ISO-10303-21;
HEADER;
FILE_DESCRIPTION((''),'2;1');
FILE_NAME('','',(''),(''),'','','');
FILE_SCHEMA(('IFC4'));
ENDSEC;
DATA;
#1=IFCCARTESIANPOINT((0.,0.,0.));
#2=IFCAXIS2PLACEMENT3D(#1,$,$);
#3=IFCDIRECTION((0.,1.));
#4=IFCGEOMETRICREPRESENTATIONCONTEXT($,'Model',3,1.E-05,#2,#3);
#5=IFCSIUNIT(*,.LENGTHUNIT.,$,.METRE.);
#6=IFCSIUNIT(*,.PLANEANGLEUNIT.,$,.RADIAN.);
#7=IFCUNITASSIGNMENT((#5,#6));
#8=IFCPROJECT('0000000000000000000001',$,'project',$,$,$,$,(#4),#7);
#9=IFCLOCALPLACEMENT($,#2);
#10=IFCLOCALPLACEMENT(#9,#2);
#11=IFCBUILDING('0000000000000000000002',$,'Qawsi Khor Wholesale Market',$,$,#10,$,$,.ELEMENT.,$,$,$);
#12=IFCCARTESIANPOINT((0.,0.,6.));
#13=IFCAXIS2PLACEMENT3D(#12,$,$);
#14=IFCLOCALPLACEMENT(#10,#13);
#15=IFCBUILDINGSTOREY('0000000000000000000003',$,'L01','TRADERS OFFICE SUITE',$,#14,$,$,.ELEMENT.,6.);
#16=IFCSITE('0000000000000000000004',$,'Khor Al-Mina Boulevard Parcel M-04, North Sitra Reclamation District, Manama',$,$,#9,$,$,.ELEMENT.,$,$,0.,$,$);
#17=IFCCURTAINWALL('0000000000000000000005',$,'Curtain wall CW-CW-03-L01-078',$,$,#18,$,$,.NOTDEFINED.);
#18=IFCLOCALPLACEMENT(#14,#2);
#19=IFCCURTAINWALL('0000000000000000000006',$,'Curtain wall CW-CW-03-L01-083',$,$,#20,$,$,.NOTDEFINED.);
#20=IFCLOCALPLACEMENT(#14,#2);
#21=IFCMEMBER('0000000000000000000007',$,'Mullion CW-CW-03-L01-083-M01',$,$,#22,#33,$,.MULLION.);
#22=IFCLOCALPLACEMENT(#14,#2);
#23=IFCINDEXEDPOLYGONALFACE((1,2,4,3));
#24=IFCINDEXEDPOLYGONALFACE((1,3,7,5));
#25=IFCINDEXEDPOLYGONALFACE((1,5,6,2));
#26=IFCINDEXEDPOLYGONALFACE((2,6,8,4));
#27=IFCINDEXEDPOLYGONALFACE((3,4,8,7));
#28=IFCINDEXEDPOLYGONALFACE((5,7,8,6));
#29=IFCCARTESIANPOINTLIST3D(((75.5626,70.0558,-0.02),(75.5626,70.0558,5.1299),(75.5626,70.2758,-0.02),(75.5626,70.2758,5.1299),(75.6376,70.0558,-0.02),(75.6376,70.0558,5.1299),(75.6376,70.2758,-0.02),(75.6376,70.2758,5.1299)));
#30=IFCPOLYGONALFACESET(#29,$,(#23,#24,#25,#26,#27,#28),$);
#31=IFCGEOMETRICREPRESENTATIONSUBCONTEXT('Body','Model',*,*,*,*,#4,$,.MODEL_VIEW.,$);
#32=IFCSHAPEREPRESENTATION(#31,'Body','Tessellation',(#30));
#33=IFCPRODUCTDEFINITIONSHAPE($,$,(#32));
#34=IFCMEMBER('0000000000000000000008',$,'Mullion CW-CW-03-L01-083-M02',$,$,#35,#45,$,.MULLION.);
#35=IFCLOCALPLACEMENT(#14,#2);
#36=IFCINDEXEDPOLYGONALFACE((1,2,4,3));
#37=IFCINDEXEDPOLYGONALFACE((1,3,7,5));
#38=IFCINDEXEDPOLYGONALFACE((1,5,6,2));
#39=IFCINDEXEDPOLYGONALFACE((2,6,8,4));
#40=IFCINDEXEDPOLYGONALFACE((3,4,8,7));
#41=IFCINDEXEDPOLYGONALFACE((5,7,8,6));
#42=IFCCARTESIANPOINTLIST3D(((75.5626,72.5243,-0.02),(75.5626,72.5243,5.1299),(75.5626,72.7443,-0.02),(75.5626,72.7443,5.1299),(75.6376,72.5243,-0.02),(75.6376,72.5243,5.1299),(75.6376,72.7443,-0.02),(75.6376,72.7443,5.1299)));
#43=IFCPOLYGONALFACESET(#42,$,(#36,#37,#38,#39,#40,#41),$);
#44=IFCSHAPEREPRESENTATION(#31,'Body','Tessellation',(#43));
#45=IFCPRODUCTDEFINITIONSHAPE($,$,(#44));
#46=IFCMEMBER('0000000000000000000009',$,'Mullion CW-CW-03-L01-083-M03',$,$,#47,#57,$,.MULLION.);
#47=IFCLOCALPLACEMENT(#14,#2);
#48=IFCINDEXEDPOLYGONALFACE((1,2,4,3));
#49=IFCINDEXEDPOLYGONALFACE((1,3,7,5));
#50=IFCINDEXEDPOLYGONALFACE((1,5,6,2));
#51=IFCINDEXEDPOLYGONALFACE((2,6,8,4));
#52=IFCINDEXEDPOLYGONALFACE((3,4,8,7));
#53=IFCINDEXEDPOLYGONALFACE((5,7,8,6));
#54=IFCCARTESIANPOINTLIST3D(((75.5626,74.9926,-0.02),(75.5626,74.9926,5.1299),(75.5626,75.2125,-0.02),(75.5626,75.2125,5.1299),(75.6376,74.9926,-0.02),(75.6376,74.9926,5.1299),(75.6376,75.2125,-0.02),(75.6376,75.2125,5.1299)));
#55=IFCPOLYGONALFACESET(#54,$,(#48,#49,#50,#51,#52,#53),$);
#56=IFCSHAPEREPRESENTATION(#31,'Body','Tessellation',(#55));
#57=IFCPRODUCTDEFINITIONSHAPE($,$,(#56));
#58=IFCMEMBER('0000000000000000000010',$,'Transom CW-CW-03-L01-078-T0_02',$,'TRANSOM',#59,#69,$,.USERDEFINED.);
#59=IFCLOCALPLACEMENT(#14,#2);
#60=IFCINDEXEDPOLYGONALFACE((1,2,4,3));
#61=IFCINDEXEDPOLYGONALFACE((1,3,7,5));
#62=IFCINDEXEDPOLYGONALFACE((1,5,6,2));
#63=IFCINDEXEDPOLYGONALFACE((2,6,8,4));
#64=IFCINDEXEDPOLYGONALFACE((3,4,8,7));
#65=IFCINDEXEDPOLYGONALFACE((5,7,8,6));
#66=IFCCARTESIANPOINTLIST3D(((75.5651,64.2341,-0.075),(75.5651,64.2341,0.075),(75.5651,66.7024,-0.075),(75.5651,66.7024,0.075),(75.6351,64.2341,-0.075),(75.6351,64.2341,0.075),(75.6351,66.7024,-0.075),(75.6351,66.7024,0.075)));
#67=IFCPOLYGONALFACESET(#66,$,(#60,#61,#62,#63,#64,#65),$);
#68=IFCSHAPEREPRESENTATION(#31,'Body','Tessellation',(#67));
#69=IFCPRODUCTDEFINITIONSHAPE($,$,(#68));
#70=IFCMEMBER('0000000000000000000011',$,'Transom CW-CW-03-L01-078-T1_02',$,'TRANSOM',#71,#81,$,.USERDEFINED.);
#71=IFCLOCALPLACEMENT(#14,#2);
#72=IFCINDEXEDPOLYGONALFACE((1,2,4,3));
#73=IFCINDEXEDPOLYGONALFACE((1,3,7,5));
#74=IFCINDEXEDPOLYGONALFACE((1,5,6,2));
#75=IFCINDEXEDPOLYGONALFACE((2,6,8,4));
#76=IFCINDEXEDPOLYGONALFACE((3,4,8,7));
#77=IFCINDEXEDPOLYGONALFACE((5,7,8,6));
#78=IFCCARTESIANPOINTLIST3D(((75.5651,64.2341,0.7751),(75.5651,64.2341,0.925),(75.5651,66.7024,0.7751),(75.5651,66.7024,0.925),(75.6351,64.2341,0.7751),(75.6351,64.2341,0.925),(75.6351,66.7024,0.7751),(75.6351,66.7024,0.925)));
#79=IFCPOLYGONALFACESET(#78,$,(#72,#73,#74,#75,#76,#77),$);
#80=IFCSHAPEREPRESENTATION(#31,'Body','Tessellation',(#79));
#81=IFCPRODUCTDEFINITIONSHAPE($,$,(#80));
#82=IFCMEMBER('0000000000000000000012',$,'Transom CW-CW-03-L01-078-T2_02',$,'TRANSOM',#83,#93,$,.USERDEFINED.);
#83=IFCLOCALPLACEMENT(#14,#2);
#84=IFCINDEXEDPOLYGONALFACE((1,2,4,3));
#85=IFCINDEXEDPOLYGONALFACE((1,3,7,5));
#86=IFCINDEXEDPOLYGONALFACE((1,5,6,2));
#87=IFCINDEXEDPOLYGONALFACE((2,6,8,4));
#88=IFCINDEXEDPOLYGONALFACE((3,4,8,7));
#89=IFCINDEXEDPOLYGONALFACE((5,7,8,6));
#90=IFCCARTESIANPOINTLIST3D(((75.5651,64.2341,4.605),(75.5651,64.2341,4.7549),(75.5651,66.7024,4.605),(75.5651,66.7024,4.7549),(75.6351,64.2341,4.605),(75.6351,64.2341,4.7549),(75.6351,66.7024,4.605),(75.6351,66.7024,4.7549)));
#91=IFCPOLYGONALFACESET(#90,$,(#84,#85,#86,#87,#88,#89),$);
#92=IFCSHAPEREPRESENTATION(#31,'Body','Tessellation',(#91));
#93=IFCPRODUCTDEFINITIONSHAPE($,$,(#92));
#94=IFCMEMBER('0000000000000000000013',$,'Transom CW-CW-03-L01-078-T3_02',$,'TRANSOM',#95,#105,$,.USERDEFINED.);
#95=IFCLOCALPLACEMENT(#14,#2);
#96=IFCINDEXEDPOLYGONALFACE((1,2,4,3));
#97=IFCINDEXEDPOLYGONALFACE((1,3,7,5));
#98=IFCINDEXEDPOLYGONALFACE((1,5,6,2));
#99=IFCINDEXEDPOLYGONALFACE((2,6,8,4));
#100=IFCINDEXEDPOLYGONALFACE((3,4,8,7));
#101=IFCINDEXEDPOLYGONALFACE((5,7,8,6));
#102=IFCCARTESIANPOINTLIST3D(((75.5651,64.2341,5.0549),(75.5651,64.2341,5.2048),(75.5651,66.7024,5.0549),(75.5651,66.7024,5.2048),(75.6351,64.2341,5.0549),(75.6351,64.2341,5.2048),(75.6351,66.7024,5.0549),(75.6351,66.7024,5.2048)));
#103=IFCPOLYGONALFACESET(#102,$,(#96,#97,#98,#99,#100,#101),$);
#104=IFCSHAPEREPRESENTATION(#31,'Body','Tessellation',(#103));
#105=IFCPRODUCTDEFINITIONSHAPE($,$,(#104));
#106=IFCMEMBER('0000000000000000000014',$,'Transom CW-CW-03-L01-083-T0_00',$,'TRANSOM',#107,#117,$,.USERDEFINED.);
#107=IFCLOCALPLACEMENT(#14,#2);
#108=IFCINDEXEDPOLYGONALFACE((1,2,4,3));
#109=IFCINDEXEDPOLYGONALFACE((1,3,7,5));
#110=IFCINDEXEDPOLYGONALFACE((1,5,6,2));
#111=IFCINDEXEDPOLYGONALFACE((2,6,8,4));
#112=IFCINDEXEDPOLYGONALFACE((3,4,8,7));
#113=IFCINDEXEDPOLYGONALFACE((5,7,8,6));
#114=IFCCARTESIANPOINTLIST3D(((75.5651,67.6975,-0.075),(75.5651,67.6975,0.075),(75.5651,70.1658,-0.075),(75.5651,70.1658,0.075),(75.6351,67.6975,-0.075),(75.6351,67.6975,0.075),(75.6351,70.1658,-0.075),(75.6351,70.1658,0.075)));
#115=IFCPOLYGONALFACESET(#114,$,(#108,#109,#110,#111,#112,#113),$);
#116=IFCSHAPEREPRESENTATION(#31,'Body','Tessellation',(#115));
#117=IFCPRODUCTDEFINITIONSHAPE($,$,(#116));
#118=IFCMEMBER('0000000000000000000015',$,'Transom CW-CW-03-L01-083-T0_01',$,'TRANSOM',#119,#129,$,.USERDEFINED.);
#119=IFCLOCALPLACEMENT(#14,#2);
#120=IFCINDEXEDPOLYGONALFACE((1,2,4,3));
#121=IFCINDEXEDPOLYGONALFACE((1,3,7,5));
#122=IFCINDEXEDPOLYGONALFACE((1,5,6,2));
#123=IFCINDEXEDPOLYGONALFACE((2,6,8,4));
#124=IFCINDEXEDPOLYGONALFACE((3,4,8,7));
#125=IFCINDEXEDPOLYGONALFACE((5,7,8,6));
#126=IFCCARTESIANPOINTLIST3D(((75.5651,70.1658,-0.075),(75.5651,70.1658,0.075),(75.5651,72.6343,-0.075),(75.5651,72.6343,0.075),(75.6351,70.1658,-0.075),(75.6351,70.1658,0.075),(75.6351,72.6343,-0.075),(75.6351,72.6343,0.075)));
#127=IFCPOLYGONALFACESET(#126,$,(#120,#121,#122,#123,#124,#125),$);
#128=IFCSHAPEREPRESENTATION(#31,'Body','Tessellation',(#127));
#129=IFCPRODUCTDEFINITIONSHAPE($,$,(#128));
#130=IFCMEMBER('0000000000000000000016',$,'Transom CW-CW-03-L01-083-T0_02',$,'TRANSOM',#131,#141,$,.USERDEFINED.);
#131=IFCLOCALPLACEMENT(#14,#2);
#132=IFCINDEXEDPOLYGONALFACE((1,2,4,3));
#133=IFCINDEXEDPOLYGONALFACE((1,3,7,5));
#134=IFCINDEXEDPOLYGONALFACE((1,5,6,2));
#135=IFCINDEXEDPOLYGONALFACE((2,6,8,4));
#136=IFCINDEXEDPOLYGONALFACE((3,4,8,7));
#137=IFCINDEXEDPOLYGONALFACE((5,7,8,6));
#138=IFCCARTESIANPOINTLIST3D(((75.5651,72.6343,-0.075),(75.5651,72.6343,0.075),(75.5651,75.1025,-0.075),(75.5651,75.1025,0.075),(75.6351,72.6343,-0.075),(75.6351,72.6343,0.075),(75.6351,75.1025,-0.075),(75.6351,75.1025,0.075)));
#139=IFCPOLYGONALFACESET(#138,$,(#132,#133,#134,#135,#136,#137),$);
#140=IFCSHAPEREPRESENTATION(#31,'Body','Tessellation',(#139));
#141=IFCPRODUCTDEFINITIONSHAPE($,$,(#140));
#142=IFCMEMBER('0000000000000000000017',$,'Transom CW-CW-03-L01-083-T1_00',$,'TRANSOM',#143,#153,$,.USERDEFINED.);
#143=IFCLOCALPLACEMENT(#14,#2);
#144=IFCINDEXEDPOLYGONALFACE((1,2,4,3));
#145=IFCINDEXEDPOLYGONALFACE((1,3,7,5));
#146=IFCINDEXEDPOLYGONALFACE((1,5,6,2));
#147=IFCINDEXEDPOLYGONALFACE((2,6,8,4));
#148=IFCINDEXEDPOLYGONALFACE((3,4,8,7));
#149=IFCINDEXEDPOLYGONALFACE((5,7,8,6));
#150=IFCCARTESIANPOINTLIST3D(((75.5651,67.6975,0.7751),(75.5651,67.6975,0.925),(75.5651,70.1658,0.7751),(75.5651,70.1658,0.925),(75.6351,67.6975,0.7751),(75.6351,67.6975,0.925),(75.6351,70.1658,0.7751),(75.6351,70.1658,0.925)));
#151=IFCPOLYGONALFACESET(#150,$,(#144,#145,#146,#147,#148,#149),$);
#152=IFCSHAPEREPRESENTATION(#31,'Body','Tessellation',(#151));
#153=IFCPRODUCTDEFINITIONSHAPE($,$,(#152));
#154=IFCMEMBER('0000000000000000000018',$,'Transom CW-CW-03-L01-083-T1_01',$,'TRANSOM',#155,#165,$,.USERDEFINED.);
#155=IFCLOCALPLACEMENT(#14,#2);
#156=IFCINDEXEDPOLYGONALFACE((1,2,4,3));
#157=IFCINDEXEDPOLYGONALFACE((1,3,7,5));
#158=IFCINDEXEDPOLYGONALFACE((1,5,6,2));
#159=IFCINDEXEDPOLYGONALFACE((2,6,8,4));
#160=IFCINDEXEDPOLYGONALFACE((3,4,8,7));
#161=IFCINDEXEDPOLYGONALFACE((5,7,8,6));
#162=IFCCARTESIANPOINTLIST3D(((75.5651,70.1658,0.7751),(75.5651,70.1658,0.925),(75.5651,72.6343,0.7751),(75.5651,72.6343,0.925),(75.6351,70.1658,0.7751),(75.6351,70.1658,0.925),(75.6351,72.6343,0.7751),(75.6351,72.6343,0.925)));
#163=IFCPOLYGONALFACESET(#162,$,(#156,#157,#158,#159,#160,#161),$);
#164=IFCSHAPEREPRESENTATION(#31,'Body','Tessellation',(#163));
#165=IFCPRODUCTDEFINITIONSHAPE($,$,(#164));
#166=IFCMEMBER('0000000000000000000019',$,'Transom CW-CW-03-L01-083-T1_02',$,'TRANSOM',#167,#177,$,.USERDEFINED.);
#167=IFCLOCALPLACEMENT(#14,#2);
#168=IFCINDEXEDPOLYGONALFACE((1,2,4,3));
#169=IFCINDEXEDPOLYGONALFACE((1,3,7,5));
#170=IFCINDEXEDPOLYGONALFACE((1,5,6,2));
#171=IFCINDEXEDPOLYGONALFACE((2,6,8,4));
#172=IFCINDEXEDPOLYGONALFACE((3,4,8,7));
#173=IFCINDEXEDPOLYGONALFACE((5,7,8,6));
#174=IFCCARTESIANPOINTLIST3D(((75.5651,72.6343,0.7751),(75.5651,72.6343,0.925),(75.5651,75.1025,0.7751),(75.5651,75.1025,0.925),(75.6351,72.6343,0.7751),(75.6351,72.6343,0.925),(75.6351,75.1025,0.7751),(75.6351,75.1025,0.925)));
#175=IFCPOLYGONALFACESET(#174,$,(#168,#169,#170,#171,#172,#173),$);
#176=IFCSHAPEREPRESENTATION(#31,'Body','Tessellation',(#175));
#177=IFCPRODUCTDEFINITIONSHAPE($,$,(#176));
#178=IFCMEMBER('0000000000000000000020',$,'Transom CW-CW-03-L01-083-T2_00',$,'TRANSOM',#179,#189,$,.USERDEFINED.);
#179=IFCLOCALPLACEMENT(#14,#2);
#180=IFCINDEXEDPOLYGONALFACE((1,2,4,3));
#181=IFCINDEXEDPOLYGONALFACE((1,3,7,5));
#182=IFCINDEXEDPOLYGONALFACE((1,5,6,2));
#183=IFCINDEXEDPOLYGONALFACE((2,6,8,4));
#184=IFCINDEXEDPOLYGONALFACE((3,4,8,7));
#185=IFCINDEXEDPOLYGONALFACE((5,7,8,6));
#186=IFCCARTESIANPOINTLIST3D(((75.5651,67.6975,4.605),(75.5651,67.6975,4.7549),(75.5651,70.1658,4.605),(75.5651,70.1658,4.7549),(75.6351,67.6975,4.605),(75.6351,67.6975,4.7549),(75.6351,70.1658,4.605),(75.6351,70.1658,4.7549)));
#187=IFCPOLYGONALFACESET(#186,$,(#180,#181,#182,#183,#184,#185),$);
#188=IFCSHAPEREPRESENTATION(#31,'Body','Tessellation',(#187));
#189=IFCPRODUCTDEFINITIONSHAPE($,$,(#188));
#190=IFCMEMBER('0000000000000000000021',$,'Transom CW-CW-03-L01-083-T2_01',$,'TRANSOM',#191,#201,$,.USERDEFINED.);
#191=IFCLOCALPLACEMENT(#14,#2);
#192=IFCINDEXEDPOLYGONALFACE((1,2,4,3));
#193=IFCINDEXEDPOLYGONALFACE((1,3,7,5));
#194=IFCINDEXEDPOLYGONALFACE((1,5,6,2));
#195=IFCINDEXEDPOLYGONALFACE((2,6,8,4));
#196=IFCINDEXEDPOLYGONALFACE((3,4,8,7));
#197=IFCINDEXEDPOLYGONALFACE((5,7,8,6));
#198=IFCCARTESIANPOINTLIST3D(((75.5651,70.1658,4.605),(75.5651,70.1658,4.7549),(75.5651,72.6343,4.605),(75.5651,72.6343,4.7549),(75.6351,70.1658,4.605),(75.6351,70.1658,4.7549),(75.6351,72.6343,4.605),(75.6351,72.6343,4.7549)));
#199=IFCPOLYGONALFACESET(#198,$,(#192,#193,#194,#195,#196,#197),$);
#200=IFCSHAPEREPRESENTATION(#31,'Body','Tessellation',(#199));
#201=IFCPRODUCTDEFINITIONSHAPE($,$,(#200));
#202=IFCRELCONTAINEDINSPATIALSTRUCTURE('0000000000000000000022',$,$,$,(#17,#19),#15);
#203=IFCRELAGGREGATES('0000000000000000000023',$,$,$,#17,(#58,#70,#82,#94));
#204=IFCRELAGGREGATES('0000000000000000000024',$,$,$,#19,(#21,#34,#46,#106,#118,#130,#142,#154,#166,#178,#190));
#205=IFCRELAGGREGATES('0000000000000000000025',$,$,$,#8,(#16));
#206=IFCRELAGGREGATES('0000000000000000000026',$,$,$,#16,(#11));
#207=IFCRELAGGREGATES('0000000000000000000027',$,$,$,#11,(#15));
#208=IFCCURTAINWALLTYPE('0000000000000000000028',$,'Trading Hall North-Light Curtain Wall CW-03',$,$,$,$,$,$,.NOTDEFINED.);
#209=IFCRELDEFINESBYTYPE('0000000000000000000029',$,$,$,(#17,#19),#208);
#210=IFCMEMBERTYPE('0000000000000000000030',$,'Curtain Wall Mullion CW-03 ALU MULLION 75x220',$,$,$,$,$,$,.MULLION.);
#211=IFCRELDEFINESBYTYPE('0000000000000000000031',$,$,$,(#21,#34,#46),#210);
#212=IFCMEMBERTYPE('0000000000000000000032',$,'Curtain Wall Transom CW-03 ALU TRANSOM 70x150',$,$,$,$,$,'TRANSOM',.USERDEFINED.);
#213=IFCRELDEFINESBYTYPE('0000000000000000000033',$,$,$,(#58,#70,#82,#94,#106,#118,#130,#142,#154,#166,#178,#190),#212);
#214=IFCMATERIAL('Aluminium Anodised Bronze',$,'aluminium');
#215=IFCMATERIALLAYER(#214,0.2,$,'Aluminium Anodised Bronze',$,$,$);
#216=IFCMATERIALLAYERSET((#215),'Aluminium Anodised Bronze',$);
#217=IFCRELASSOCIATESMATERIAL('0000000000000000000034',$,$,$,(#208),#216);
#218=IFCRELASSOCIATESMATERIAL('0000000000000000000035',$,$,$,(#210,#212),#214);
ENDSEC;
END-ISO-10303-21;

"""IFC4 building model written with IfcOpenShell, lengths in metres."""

from ifc_helpers import new_model, si_unit, direction, frame, origin, origin_2d, place, context, subcontext, project, spatial, rectangle, extrude, material, layer, layer_set, material_profile, profile_set, type_object, element, aggregate, save


model = new_model("IFC4")

# Units and contexts
model_context = context("Model", 3, precision=1e-05, world=origin(), true_north=direction((0.0, 1.0)))
body_context = subcontext(model_context, "Body", "Model", "MODEL_VIEW")
ifc_project = project(units=[si_unit("LENGTHUNIT", "METRE"), si_unit("PLANEANGLEUNIT", "RADIAN")], contexts=[model_context])

# Site, building, storey
site_placement = place(None, origin())
site = spatial("IfcSite", under=ifc_project, at=site_placement, Name="Khor Al-Mina Boulevard Parcel M-04, North Sitra Reclamation District, Manama", CompositionType="ELEMENT", RefElevation=0.0)
building_placement = place(site_placement, origin())
building = spatial("IfcBuilding", under=site, at=building_placement, Name="Qawsi Khor Wholesale Market", CompositionType="ELEMENT")
storey_placement = place(building_placement, frame((0.0, 0.0, 6.0)))
storey = spatial("IfcBuildingStorey", under=building, at=storey_placement, Name="L01", Description="TRADERS OFFICE SUITE", CompositionType="ELEMENT", Elevation=6.0)

# Curtain walls, members
ifc_material_1 = material(Name="Aluminium Anodised Bronze", Category="aluminium")
ifc_layer_1 = layer(ifc_material_1, 0.2, Name="Aluminium Anodised Bronze")
ifc_layer_set_1 = layer_set([ifc_layer_1], Name="Aluminium Anodised Bronze")
curtain_wall_type = type_object("IfcCurtainWallType", Name="Trading Hall North-Light Curtain Wall CW-03", PredefinedType="NOTDEFINED", material=ifc_layer_set_1)
curtain_wall_1_placement = place(storey_placement, origin())
curtain_wall_1 = element("IfcCurtainWall", 1, at=curtain_wall_1_placement, inside=storey, type_object=curtain_wall_type, Name="Curtain wall CW-CW-03-L01-078", PredefinedType="NOTDEFINED")
ifc_material_profile_1 = material_profile(ifc_material_1, rectangle(XDim=0.075, YDim=0.22, at=origin_2d()), Name="ALU MULLION 75x220")
ifc_profile_set_1 = profile_set([ifc_material_profile_1], Name="Aluminium Anodised Bronze")
member_type_1 = type_object("IfcMemberType", Name="Curtain Wall Mullion CW-03 ALU MULLION 75x220", PredefinedType="MULLION", material=ifc_profile_set_1)
curtain_wall_2_placement = place(storey_placement, origin())
curtain_wall_2 = element("IfcCurtainWall", 2, at=curtain_wall_2_placement, inside=storey, type_object=curtain_wall_type, Name="Curtain wall CW-CW-03-L01-083", PredefinedType="NOTDEFINED")
member_1_placement = place(storey_placement, frame((75.6001, 70.1658, -0.02), z_axis=(0.0, 0.0, 1.0), x_axis=(1.0, 0.0, 0.0)))
member_1 = element("IfcMember", 3, at=member_1_placement, type_object=member_type_1, Name="Mullion CW-CW-03-L01-083-M01", PredefinedType="MULLION", context=body_context, shape_type="SweptSolid", body=[
    extrude(rectangle(XDim=0.075, YDim=0.22, at=origin_2d()), origin(), (0.0, 0.0, 1.0), 5.1499),
])
member_2_placement = place(storey_placement, frame((75.6001, 72.6343, -0.02), z_axis=(0.0, 0.0, 1.0), x_axis=(1.0, 0.0, 0.0)))
member_2 = element("IfcMember", 4, at=member_2_placement, type_object=member_type_1, Name="Mullion CW-CW-03-L01-083-M02", PredefinedType="MULLION", context=body_context, shape_type="SweptSolid", body=[
    extrude(rectangle(XDim=0.075, YDim=0.22, at=origin_2d()), origin(), (0.0, 0.0, 1.0), 5.1499),
])
member_3_placement = place(storey_placement, frame((75.6001, 75.1025, -0.02), z_axis=(0.0, 0.0, 1.0), x_axis=(1.0, 0.0, 0.0)))
member_3 = element("IfcMember", 5, at=member_3_placement, type_object=member_type_1, Name="Mullion CW-CW-03-L01-083-M03", PredefinedType="MULLION", context=body_context, shape_type="SweptSolid", body=[
    extrude(rectangle(XDim=0.075, YDim=0.22, at=origin_2d()), origin(), (0.0, 0.0, 1.0), 5.1499),
])

# Members
ifc_material_profile_2 = material_profile(ifc_material_1, rectangle(XDim=0.0701, YDim=0.1499, at=origin_2d()), Name="ALU TRANSOM 70x150")
ifc_profile_set_2 = profile_set([ifc_material_profile_2], Name="Aluminium Anodised Bronze")
member_type_2 = type_object("IfcMemberType", Name="Curtain Wall Transom CW-03 ALU TRANSOM 70x150", ElementType="TRANSOM", PredefinedType="USERDEFINED", material=ifc_profile_set_2)
member_4_placement = place(storey_placement, frame((75.6001, 64.2341, 0.0), z_axis=(0.0, 1.0, 0.0), x_axis=(-1.0, 0.0, 0.0)))
member_4 = element("IfcMember", 6, at=member_4_placement, type_object=member_type_2, Name="Transom CW-CW-03-L01-078-T0_02", ObjectType="TRANSOM", PredefinedType="USERDEFINED", context=body_context, shape_type="SweptSolid", body=[
    extrude(rectangle(XDim=0.0701, YDim=0.1499, at=origin_2d()), origin(), (0.0, 0.0, 1.0), 2.4683),
])
member_5_placement = place(storey_placement, frame((75.6001, 64.2341, 0.8501), z_axis=(0.0, 1.0, 0.0), x_axis=(-1.0, 0.0, 0.0)))
member_5 = element("IfcMember", 7, at=member_5_placement, type_object=member_type_2, Name="Transom CW-CW-03-L01-078-T1_02", ObjectType="TRANSOM", PredefinedType="USERDEFINED", context=body_context, shape_type="SweptSolid", body=[
    extrude(rectangle(XDim=0.0701, YDim=0.1499, at=origin_2d()), origin(), (0.0, 0.0, 1.0), 2.4683),
])
member_6_placement = place(storey_placement, frame((75.6001, 64.2341, 4.6799), z_axis=(0.0, 1.0, 0.0), x_axis=(-1.0, 0.0, 0.0)))
member_6 = element("IfcMember", 8, at=member_6_placement, type_object=member_type_2, Name="Transom CW-CW-03-L01-078-T2_02", ObjectType="TRANSOM", PredefinedType="USERDEFINED", context=body_context, shape_type="SweptSolid", body=[
    extrude(rectangle(XDim=0.0701, YDim=0.1499, at=origin_2d()), origin(), (0.0, 0.0, 1.0), 2.4683),
])
member_7_placement = place(storey_placement, frame((75.6001, 64.2341, 5.1299), z_axis=(0.0, 1.0, 0.0), x_axis=(-1.0, 0.0, 0.0)))
member_7 = element("IfcMember", 9, at=member_7_placement, type_object=member_type_2, Name="Transom CW-CW-03-L01-078-T3_02", ObjectType="TRANSOM", PredefinedType="USERDEFINED", context=body_context, shape_type="SweptSolid", body=[
    extrude(rectangle(XDim=0.0701, YDim=0.1499, at=origin_2d()), origin(), (0.0, 0.0, 1.0), 2.4683),
])
member_8_placement = place(storey_placement, frame((75.6001, 67.6975, 0.0), z_axis=(0.0, 1.0, 0.0), x_axis=(-1.0, 0.0, 0.0)))
member_8 = element("IfcMember", 10, at=member_8_placement, type_object=member_type_2, Name="Transom CW-CW-03-L01-083-T0_00", ObjectType="TRANSOM", PredefinedType="USERDEFINED", context=body_context, shape_type="SweptSolid", body=[
    extrude(rectangle(XDim=0.0701, YDim=0.1499, at=origin_2d()), origin(), (0.0, 0.0, 1.0), 2.4683),
])
member_9_placement = place(storey_placement, frame((75.6001, 70.1658, 0.0), z_axis=(0.0, 1.0, 0.0), x_axis=(-1.0, 0.0, 0.0)))
member_9 = element("IfcMember", 11, at=member_9_placement, type_object=member_type_2, Name="Transom CW-CW-03-L01-083-T0_01", ObjectType="TRANSOM", PredefinedType="USERDEFINED", context=body_context, shape_type="SweptSolid", body=[
    extrude(rectangle(XDim=0.0701, YDim=0.1499, at=origin_2d()), origin(), (0.0, 0.0, 1.0), 2.4685),
])
member_10_placement = place(storey_placement, frame((75.6001, 72.6343, 0.0), z_axis=(0.0, 1.0, 0.0), x_axis=(-1.0, 0.0, 0.0)))
member_10 = element("IfcMember", 12, at=member_10_placement, type_object=member_type_2, Name="Transom CW-CW-03-L01-083-T0_02", ObjectType="TRANSOM", PredefinedType="USERDEFINED", context=body_context, shape_type="SweptSolid", body=[
    extrude(rectangle(XDim=0.0701, YDim=0.1499, at=origin_2d()), origin(), (0.0, 0.0, 1.0), 2.4683),
])
member_11_placement = place(storey_placement, frame((75.6001, 67.6975, 0.8501), z_axis=(0.0, 1.0, 0.0), x_axis=(-1.0, 0.0, 0.0)))
member_11 = element("IfcMember", 13, at=member_11_placement, type_object=member_type_2, Name="Transom CW-CW-03-L01-083-T1_00", ObjectType="TRANSOM", PredefinedType="USERDEFINED", context=body_context, shape_type="SweptSolid", body=[
    extrude(rectangle(XDim=0.0701, YDim=0.1499, at=origin_2d()), origin(), (0.0, 0.0, 1.0), 2.4683),
])
member_12_placement = place(storey_placement, frame((75.6001, 70.1658, 0.8501), z_axis=(0.0, 1.0, 0.0), x_axis=(-1.0, 0.0, 0.0)))
member_12 = element("IfcMember", 14, at=member_12_placement, type_object=member_type_2, Name="Transom CW-CW-03-L01-083-T1_01", ObjectType="TRANSOM", PredefinedType="USERDEFINED", context=body_context, shape_type="SweptSolid", body=[
    extrude(rectangle(XDim=0.0701, YDim=0.1499, at=origin_2d()), origin(), (0.0, 0.0, 1.0), 2.4685),
])
member_13_placement = place(storey_placement, frame((75.6001, 72.6343, 0.8501), z_axis=(0.0, 1.0, 0.0), x_axis=(-1.0, 0.0, 0.0)))
member_13 = element("IfcMember", 15, at=member_13_placement, type_object=member_type_2, Name="Transom CW-CW-03-L01-083-T1_02", ObjectType="TRANSOM", PredefinedType="USERDEFINED", context=body_context, shape_type="SweptSolid", body=[
    extrude(rectangle(XDim=0.0701, YDim=0.1499, at=origin_2d()), origin(), (0.0, 0.0, 1.0), 2.4683),
])
member_14_placement = place(storey_placement, frame((75.6001, 67.6975, 4.6799), z_axis=(0.0, 1.0, 0.0), x_axis=(-1.0, 0.0, 0.0)))
member_14 = element("IfcMember", 16, at=member_14_placement, type_object=member_type_2, Name="Transom CW-CW-03-L01-083-T2_00", ObjectType="TRANSOM", PredefinedType="USERDEFINED", context=body_context, shape_type="SweptSolid", body=[
    extrude(rectangle(XDim=0.0701, YDim=0.1499, at=origin_2d()), origin(), (0.0, 0.0, 1.0), 2.4683),
])
member_15_placement = place(storey_placement, frame((75.6001, 70.1658, 4.6799), z_axis=(0.0, 1.0, 0.0), x_axis=(-1.0, 0.0, 0.0)))
member_15 = element("IfcMember", 17, at=member_15_placement, type_object=member_type_2, Name="Transom CW-CW-03-L01-083-T2_01", ObjectType="TRANSOM", PredefinedType="USERDEFINED", context=body_context, shape_type="SweptSolid", body=[
    extrude(rectangle(XDim=0.0701, YDim=0.1499, at=origin_2d()), origin(), (0.0, 0.0, 1.0), 2.4685),
])

aggregate(curtain_wall_1, [member_4, member_5, member_6, member_7])
aggregate(curtain_wall_2, [member_1, member_2, member_3, member_8, member_9, member_10, member_11, member_12, member_13, member_14, member_15])

save(model, "model.ifc")
